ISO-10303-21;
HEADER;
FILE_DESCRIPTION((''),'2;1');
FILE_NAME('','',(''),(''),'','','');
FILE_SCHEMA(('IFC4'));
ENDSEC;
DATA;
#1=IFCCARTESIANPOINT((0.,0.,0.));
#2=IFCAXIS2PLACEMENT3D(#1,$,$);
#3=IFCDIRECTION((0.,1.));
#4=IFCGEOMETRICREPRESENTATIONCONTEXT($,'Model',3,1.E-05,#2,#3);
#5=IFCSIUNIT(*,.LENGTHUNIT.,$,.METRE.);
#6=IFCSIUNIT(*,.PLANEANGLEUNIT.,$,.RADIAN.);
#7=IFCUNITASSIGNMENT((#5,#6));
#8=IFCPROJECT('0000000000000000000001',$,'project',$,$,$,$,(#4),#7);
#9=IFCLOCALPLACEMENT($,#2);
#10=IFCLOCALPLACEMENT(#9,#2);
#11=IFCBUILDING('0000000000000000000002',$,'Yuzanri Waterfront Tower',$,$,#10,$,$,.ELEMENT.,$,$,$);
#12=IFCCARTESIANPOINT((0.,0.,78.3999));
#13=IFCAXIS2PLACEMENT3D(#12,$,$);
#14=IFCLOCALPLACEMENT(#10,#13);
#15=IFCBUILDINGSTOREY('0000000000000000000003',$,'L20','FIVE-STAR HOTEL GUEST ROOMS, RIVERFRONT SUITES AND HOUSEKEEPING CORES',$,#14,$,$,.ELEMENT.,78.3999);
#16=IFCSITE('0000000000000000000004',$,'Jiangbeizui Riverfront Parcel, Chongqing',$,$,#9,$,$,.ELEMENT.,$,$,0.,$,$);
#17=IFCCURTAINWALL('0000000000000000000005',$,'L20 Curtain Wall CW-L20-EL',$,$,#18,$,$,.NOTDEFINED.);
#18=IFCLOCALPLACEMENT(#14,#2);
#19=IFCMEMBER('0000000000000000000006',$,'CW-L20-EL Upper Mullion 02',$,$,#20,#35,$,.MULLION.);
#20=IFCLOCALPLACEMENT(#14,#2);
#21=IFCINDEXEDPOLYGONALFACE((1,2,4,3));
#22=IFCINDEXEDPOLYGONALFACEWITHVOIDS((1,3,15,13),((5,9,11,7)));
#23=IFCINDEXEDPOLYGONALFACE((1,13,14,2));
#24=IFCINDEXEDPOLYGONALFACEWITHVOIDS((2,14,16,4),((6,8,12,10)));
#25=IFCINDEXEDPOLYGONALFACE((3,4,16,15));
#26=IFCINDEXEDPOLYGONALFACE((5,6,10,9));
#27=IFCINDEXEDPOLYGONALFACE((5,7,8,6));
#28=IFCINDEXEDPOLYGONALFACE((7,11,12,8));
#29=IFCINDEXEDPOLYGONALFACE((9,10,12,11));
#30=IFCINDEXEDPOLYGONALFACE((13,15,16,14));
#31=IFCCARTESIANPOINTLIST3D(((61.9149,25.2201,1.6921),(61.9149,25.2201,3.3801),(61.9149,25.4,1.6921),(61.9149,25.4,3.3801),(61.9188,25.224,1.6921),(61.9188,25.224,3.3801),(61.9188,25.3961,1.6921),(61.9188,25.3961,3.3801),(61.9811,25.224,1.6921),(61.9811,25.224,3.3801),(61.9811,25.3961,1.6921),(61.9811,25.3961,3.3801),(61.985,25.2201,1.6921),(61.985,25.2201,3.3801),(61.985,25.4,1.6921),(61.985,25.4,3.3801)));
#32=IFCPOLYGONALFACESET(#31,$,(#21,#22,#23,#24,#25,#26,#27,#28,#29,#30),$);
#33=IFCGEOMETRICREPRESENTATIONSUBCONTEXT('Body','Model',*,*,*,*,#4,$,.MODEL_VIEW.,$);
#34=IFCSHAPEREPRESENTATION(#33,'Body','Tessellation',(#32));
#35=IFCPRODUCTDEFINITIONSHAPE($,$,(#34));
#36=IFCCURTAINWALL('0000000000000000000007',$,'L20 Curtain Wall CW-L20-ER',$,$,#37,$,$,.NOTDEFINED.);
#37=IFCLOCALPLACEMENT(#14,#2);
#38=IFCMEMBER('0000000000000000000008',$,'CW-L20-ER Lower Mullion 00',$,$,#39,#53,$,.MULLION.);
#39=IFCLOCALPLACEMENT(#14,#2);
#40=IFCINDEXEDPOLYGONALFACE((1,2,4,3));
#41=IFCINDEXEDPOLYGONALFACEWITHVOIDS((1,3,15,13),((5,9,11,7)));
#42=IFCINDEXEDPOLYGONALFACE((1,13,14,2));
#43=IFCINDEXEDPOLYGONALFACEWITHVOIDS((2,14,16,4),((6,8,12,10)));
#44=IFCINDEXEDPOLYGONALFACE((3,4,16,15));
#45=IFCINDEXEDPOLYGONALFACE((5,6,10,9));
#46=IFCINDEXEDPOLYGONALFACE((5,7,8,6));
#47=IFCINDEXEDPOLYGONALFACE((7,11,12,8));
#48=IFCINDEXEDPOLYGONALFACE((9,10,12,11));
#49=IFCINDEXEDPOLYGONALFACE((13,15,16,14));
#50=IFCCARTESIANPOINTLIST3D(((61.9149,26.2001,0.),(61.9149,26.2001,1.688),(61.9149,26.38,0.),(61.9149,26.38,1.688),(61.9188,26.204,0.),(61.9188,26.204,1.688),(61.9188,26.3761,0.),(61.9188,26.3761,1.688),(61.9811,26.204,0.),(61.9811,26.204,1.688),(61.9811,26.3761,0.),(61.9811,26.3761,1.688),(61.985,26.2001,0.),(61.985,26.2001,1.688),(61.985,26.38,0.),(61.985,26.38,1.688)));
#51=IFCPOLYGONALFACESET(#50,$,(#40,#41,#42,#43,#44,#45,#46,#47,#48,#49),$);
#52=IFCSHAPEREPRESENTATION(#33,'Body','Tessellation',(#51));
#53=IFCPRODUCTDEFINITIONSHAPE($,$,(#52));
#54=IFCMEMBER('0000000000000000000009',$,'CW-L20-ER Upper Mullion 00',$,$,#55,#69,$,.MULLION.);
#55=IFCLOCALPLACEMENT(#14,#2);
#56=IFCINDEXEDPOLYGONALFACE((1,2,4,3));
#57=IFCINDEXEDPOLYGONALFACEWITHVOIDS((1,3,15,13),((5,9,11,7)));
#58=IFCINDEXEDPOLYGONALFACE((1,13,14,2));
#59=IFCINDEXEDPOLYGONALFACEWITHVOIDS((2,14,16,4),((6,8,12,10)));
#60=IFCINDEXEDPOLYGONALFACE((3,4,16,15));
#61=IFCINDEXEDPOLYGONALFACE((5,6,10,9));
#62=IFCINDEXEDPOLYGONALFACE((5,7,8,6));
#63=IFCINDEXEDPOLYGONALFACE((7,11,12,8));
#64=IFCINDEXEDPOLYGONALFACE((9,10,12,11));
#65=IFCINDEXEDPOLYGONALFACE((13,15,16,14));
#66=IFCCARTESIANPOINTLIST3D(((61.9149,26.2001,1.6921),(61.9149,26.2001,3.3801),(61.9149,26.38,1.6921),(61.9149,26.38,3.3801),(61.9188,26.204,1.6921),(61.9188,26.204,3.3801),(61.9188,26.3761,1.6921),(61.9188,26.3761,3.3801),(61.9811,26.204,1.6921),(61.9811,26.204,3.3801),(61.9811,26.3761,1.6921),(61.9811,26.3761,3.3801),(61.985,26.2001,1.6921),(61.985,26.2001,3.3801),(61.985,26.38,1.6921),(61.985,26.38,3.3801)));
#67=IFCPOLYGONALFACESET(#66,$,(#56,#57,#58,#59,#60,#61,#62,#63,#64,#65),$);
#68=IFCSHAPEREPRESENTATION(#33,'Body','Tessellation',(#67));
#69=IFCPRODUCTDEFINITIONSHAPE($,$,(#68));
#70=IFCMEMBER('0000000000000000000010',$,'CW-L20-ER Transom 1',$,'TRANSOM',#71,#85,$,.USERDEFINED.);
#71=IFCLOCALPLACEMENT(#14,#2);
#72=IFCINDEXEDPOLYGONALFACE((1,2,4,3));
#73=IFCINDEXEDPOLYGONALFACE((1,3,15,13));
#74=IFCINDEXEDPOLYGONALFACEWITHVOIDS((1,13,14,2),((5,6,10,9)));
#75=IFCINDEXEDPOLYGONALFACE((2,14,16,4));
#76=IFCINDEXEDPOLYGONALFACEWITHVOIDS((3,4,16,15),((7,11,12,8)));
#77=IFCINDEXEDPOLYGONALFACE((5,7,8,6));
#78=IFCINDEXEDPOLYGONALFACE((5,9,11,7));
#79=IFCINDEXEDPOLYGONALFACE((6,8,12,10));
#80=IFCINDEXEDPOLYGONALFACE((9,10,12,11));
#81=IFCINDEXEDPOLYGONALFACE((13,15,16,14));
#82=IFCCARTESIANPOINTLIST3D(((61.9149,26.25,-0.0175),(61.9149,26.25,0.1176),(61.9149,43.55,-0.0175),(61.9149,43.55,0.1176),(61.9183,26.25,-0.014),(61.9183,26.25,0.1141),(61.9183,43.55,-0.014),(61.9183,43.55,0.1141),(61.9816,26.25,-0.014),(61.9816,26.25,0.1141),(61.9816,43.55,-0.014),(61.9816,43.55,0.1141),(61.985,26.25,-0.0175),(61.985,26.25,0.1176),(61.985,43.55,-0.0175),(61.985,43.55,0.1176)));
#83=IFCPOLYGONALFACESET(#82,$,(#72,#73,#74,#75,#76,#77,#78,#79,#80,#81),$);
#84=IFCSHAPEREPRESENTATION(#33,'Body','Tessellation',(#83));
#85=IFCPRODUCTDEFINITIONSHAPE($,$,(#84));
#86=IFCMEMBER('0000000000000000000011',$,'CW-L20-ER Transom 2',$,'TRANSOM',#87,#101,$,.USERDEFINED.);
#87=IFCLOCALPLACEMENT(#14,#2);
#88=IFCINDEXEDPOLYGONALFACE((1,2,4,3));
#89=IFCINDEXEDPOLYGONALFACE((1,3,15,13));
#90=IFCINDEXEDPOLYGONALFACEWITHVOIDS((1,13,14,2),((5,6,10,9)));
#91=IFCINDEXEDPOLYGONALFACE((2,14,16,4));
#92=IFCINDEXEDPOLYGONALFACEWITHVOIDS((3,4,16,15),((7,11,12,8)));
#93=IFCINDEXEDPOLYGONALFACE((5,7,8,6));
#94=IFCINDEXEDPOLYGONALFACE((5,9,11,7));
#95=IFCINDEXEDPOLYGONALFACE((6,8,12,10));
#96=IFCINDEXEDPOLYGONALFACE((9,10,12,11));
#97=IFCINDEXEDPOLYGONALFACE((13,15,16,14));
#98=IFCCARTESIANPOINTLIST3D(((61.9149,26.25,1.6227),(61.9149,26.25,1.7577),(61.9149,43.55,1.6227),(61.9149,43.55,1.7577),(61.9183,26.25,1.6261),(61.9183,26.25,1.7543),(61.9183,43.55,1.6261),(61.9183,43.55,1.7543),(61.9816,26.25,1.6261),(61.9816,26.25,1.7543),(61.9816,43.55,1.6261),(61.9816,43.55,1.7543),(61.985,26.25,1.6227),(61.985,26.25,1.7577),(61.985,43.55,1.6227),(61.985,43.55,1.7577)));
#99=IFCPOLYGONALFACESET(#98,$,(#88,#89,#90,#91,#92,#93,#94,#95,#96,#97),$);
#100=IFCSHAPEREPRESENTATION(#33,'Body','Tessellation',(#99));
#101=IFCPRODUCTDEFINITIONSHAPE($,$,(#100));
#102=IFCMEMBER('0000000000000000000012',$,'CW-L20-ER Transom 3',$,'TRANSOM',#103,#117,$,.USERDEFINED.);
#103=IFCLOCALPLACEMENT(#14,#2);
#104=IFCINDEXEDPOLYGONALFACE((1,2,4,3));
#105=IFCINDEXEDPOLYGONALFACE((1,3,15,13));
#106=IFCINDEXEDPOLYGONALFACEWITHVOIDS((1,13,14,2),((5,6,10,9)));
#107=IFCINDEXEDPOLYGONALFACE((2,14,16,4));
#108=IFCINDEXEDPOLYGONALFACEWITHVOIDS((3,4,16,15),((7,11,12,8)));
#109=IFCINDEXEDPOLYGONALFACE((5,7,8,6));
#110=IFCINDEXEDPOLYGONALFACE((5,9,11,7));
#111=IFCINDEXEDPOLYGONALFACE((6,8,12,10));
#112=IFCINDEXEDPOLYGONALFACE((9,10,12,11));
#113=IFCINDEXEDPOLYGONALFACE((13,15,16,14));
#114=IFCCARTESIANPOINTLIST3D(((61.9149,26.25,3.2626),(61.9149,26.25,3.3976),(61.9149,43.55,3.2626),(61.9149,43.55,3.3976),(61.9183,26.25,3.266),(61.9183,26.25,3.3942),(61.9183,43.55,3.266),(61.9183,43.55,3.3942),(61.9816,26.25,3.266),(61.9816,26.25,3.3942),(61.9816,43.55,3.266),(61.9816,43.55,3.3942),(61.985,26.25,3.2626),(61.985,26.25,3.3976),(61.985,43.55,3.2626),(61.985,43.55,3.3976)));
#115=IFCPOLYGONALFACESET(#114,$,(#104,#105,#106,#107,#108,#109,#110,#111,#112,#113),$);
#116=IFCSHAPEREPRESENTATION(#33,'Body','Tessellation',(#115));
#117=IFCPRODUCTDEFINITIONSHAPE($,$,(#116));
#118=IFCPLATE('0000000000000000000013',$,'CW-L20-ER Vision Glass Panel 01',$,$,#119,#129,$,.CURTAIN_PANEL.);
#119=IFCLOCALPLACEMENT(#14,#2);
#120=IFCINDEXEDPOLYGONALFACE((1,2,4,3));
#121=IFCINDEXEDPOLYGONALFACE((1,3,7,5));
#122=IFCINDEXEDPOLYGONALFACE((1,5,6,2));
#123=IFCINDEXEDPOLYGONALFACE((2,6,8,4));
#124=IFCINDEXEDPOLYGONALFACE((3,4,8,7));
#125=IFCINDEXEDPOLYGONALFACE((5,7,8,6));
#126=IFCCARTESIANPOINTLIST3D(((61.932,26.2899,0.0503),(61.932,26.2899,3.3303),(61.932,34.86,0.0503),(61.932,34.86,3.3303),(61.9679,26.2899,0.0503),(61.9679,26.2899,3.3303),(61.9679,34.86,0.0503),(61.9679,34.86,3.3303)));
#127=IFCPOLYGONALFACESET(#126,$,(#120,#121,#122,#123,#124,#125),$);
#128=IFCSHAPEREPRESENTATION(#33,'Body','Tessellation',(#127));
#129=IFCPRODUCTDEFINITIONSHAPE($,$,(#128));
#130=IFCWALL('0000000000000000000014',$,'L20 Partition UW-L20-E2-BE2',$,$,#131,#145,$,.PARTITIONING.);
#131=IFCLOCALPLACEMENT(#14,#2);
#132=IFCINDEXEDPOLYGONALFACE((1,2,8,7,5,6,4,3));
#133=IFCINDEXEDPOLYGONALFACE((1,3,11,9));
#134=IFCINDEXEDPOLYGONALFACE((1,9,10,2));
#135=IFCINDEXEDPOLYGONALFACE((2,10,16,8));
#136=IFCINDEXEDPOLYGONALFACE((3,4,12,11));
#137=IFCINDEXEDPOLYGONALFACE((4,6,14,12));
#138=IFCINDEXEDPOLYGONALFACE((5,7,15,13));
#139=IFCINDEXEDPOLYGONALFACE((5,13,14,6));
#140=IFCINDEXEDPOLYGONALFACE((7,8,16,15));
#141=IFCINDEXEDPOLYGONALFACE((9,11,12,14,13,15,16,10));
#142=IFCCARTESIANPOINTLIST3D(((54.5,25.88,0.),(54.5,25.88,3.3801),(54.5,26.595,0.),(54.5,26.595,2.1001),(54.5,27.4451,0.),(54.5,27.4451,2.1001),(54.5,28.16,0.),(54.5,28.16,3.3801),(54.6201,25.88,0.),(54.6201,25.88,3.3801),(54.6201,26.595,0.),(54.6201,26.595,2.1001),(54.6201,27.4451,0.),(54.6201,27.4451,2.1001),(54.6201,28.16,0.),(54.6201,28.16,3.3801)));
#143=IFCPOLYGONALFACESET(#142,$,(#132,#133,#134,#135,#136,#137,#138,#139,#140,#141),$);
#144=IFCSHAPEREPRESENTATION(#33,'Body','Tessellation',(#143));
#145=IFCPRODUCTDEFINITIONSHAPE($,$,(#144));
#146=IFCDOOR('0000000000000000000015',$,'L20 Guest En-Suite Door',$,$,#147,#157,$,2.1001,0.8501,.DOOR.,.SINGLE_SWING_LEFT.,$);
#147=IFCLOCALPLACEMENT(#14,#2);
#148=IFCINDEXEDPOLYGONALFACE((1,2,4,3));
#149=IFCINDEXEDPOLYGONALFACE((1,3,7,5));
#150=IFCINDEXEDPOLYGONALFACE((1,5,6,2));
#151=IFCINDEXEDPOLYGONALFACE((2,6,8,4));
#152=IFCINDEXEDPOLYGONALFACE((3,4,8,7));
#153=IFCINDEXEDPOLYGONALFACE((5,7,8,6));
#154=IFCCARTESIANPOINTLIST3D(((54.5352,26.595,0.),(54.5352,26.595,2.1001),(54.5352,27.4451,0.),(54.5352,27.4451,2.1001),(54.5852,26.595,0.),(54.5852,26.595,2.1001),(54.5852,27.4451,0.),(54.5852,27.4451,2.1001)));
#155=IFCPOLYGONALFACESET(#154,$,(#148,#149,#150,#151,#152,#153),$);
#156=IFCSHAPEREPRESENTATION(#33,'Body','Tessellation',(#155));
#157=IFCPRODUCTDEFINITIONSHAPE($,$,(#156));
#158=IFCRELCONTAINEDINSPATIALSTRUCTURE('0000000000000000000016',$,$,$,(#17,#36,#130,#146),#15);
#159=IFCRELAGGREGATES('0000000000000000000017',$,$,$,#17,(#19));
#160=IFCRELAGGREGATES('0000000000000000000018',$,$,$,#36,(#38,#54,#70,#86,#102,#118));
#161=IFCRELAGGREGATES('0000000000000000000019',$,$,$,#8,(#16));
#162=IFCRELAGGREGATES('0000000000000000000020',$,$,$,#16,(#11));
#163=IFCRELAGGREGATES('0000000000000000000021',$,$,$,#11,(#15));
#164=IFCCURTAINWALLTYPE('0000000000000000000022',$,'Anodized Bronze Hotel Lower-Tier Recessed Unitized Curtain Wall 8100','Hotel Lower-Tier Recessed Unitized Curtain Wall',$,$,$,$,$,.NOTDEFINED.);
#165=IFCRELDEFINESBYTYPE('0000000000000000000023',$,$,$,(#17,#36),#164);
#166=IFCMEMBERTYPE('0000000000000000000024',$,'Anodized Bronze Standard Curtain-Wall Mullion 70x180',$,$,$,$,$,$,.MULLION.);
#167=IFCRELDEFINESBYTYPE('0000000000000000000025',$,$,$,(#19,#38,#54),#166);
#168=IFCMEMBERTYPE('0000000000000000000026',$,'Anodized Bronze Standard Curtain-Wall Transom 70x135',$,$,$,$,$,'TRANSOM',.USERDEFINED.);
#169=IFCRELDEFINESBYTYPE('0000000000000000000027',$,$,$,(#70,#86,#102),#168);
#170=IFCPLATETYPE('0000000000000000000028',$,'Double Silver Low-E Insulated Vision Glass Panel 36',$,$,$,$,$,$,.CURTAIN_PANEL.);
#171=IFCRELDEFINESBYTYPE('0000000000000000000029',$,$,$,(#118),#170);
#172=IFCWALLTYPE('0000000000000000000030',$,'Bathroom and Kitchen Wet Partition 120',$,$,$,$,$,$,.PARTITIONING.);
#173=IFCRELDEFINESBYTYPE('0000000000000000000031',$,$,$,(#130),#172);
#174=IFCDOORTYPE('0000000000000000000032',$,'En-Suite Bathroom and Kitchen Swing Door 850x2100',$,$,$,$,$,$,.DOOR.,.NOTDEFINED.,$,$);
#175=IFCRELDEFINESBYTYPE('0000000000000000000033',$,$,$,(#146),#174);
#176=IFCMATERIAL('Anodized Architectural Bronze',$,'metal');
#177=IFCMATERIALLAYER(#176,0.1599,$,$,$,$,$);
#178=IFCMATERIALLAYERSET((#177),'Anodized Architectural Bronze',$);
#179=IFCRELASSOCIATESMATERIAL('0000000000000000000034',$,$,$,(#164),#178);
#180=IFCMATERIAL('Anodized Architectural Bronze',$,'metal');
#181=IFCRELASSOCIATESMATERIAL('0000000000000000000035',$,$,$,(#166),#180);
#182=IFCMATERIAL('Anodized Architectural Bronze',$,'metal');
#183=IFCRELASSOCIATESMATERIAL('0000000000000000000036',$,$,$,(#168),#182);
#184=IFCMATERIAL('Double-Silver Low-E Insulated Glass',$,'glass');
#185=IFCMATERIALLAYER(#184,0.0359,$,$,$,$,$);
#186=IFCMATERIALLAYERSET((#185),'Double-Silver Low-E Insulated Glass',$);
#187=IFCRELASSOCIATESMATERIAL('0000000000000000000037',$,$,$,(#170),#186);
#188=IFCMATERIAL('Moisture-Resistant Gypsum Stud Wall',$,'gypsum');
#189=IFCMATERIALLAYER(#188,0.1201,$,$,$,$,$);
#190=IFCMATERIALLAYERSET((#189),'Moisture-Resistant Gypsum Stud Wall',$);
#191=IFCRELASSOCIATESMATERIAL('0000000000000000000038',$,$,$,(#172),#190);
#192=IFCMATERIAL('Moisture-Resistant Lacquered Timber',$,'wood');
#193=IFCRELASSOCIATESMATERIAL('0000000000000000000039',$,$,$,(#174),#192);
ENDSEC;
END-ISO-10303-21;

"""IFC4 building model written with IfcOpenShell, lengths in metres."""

from ifc_helpers import new_model, si_unit, direction, frame, frame_2d, origin, origin_2d, place, context, subcontext, project, spatial, rectangle, hollow_rectangle, extrude, source, transform, mapped, material, layer, layer_set, material_profile, profile_set, type_object, element, fill, aggregate, save


model = new_model("IFC4")

# Units and contexts
model_context = context("Model", 3, precision=1e-05, world=origin(), true_north=direction((0.0, 1.0)))
body_context = subcontext(model_context, "Body", "Model", "MODEL_VIEW")
ifc_project = project(units=[si_unit("LENGTHUNIT", "METRE"), si_unit("PLANEANGLEUNIT", "RADIAN")], contexts=[model_context])

# Site, building, storey
site_placement = place(None, origin())
site = spatial("IfcSite", under=ifc_project, at=site_placement, Name="Jiangbeizui Riverfront Parcel, Chongqing", CompositionType="ELEMENT", RefElevation=0.0)
building_placement = place(site_placement, origin())
building = spatial("IfcBuilding", under=site, at=building_placement, Name="Yuzanri Waterfront Tower", CompositionType="ELEMENT")
storey_placement = place(building_placement, frame((0.0, 0.0, 78.3999)))
storey = spatial("IfcBuildingStorey", under=building, at=storey_placement, Name="L20", Description="FIVE-STAR HOTEL GUEST ROOMS, RIVERFRONT SUITES AND HOUSEKEEPING CORES", CompositionType="ELEMENT", Elevation=78.3999)

# Curtain wall, member
ifc_material_1 = material(Name="Anodized Architectural Bronze", Category="metal")
ifc_layer_1 = layer(ifc_material_1, 0.1599)
ifc_layer_set_1 = layer_set([ifc_layer_1], Name="Anodized Architectural Bronze")
curtain_wall_type = type_object("IfcCurtainWallType", Name="Anodized Bronze Hotel Lower-Tier Recessed Unitized Curtain Wall 8100", Description="Hotel Lower-Tier Recessed Unitized Curtain Wall", PredefinedType="NOTDEFINED", material=ifc_layer_set_1)
curtain_wall_1_placement = place(storey_placement, origin())
curtain_wall_1 = element("IfcCurtainWall", 1, at=curtain_wall_1_placement, inside=storey, type_object=curtain_wall_type, Name="L20 Curtain Wall CW-L20-EL", PredefinedType="NOTDEFINED")
ifc_material_2 = material(Name="Anodized Architectural Bronze", Category="metal")
ifc_material_profile_1 = material_profile(ifc_material_2, hollow_rectangle(XDim=0.0701, YDim=0.1799, WallThickness=0.0039, at=origin_2d()), Name="CWM 70x180")
ifc_profile_set_1 = profile_set([ifc_material_profile_1], Name="Anodized Architectural Bronze")
member_type_1 = type_object("IfcMemberType", Name="Anodized Bronze Standard Curtain-Wall Mullion 70x180", PredefinedType="MULLION", material=ifc_profile_set_1)
shared_shape_1 = source(origin(), body_context, "Body", "SweptSolid", [
    extrude(hollow_rectangle(XDim=0.0701, YDim=0.1799, WallThickness=0.0039, at=origin_2d()), origin(), (0.0, 0.0, 1.0), 1.688),
])
member_1_placement = place(storey_placement, frame((61.95, 25.3101, 1.6921), z_axis=(0.0, 0.0, 1.0), x_axis=(1.0, 0.0, 0.0)))
member_1 = element("IfcMember", 2, at=member_1_placement, type_object=member_type_1, Name="CW-L20-EL Upper Mullion 02", PredefinedType="MULLION", context=body_context, shape_type="MappedRepresentation", body=[
    mapped(shared_shape_1, transform((0.0, 0.0, 0.0), scale=1.0)),
])
aggregate(curtain_wall_1, [member_1])

# Curtain wall, members, plate
curtain_wall_2_placement = place(storey_placement, origin())
curtain_wall_2 = element("IfcCurtainWall", 3, at=curtain_wall_2_placement, inside=storey, type_object=curtain_wall_type, Name="L20 Curtain Wall CW-L20-ER", PredefinedType="NOTDEFINED")
member_2_placement = place(storey_placement, frame((61.95, 26.29, 0.0), z_axis=(0.0, 0.0, 1.0), x_axis=(1.0, 0.0, 0.0)))
member_2 = element("IfcMember", 4, at=member_2_placement, type_object=member_type_1, Name="CW-L20-ER Lower Mullion 00", PredefinedType="MULLION", context=body_context, shape_type="MappedRepresentation", body=[
    mapped(shared_shape_1, transform((0.0, 0.0, 0.0), scale=1.0)),
])
member_3_placement = place(storey_placement, frame((61.95, 26.29, 1.6921), z_axis=(0.0, 0.0, 1.0), x_axis=(1.0, 0.0, 0.0)))
member_3 = element("IfcMember", 5, at=member_3_placement, type_object=member_type_1, Name="CW-L20-ER Upper Mullion 00", PredefinedType="MULLION", context=body_context, shape_type="MappedRepresentation", body=[
    mapped(shared_shape_1, transform((0.0, 0.0, 0.0), scale=1.0)),
])
ifc_material_3 = material(Name="Anodized Architectural Bronze", Category="metal")
ifc_material_profile_2 = material_profile(ifc_material_3, hollow_rectangle(XDim=0.0701, YDim=0.135, WallThickness=0.0034, at=origin_2d()), Name="CWT 70x135")
ifc_profile_set_2 = profile_set([ifc_material_profile_2], Name="Anodized Architectural Bronze")
member_type_2 = type_object("IfcMemberType", Name="Anodized Bronze Standard Curtain-Wall Transom 70x135", ElementType="TRANSOM", PredefinedType="USERDEFINED", material=ifc_profile_set_2)
shared_shape_2 = source(origin(), body_context, "Body", "SweptSolid", [
    extrude(hollow_rectangle(XDim=0.0701, YDim=0.135, WallThickness=0.0034, at=origin_2d()), origin(), (0.0, 0.0, 1.0), 17.3),
])
member_4_placement = place(storey_placement, frame((61.95, 26.25, 0.05), z_axis=(0.0, 1.0, 0.0), x_axis=(-1.0, 0.0, 0.0)))
member_4 = element("IfcMember", 6, at=member_4_placement, type_object=member_type_2, Name="CW-L20-ER Transom 1", ObjectType="TRANSOM", PredefinedType="USERDEFINED", context=body_context, shape_type="MappedRepresentation", body=[
    mapped(shared_shape_2, transform((0.0, 0.0, 0.0), scale=1.0)),
])
member_5_placement = place(storey_placement, frame((61.95, 26.25, 1.6902), z_axis=(0.0, 1.0, 0.0), x_axis=(-1.0, 0.0, 0.0)))
member_5 = element("IfcMember", 7, at=member_5_placement, type_object=member_type_2, Name="CW-L20-ER Transom 2", ObjectType="TRANSOM", PredefinedType="USERDEFINED", context=body_context, shape_type="MappedRepresentation", body=[
    mapped(shared_shape_2, transform((0.0, 0.0, 0.0), scale=1.0)),
])
member_6_placement = place(storey_placement, frame((61.95, 26.25, 3.3301), z_axis=(0.0, 1.0, 0.0), x_axis=(-1.0, 0.0, 0.0)))
member_6 = element("IfcMember", 8, at=member_6_placement, type_object=member_type_2, Name="CW-L20-ER Transom 3", ObjectType="TRANSOM", PredefinedType="USERDEFINED", context=body_context, shape_type="MappedRepresentation", body=[
    mapped(shared_shape_2, transform((0.0, 0.0, 0.0), scale=1.0)),
])
ifc_material_4 = material(Name="Double-Silver Low-E Insulated Glass", Category="glass")
ifc_layer_2 = layer(ifc_material_4, 0.0359)
ifc_layer_set_2 = layer_set([ifc_layer_2], Name="Double-Silver Low-E Insulated Glass")
plate_type = type_object("IfcPlateType", Name="Double Silver Low-E Insulated Vision Glass Panel 36", PredefinedType="CURTAIN_PANEL", material=ifc_layer_set_2)
shared_shape_3 = source(origin(), body_context, "Body", "SweptSolid", [
    extrude(rectangle(XDim=8.5701, YDim=0.0359, at=origin_2d()), origin(), (0.0, 0.0, 1.0), 3.28),
])
plate_placement = place(storey_placement, frame((61.95, 30.575, 0.0503), z_axis=(0.0, 0.0, 1.0), x_axis=(0.0, 1.0, 0.0)))
plate = element("IfcPlate", 9, at=plate_placement, type_object=plate_type, Name="CW-L20-ER Vision Glass Panel 01", PredefinedType="CURTAIN_PANEL", context=body_context, shape_type="MappedRepresentation", body=[
    mapped(shared_shape_3, transform((0.0, 0.0, 0.0), scale=1.0)),
])
aggregate(curtain_wall_2, [member_2, member_3, member_4, member_5, member_6, plate])

# Wall, opening, door
ifc_material_5 = material(Name="Moisture-Resistant Gypsum Stud Wall", Category="gypsum")
ifc_layer_3 = layer(ifc_material_5, 0.1201)
ifc_layer_set_3 = layer_set([ifc_layer_3], Name="Moisture-Resistant Gypsum Stud Wall")
wall_type_1 = type_object("IfcWallType", Name="Bathroom and Kitchen Wet Partition 120", PredefinedType="PARTITIONING", material=ifc_layer_set_3)
wall_1_placement = place(storey_placement, frame((54.5601, 25.8799, 0.0), z_axis=(0.0, 0.0, 1.0), x_axis=(0.0, 1.0, 0.0)))
wall_1 = element("IfcWall", 10, at=wall_1_placement, inside=storey, type_object=wall_type_1, Name="L20 Partition UW-L20-E2-BE2", PredefinedType="PARTITIONING", context=body_context, shape_type="SweptSolid", body=[
    extrude(rectangle(XDim=2.28, YDim=0.1201, at=frame_2d((1.1401, 0.0))), origin(), (0.0, 0.0, 1.0), 3.3801),
])
opening_1_placement = place(wall_1_placement, frame((0.7151, 0.0, 0.0)))
opening_1 = element("IfcOpeningElement", 11, at=opening_1_placement, cuts=wall_1, PredefinedType="OPENING", context=body_context, shape_type="SweptSolid", body=[
    extrude(rectangle(XDim=0.8501, YDim=2.1001, at=frame_2d((0.425, 1.05))), frame((0.0, 0.075, 0.0), z_axis=(0.0, -1.0, 0.0), x_axis=(1.0, 0.0, 0.0)), (0.0, 0.0, 1.0), 0.1499),
])
ifc_material_6 = material(Name="Moisture-Resistant Lacquered Timber", Category="wood")
door_type_1 = type_object("IfcDoorType", Name="En-Suite Bathroom and Kitchen Swing Door 850x2100", OperationType="NOTDEFINED", PredefinedType="DOOR", material=ifc_material_6)
shared_shape_4 = source(origin(), body_context, "Body", "SweptSolid", [
    extrude(rectangle(XDim=0.8501, YDim=2.1001, at=frame_2d((0.425, 1.05))), frame((0.0, 0.0249, 0.0), z_axis=(0.0, -1.0, 0.0), x_axis=(1.0, 0.0, 0.0)), (0.0, 0.0, 1.0), 0.05),
])
door_1_placement = place(opening_1_placement, origin())
door_1 = element("IfcDoor", 12, at=door_1_placement, inside=storey, type_object=door_type_1, Name="L20 Guest En-Suite Door", OperationType="SINGLE_SWING_LEFT", OverallHeight=2.1001, OverallWidth=0.8501, PredefinedType="DOOR", context=body_context, shape_type="MappedRepresentation", body=[
    mapped(shared_shape_4, transform((0.0, 0.0, 0.0), scale=1.0)),
])
fill(opening_1, door_1)

save(model, "model.ifc")
